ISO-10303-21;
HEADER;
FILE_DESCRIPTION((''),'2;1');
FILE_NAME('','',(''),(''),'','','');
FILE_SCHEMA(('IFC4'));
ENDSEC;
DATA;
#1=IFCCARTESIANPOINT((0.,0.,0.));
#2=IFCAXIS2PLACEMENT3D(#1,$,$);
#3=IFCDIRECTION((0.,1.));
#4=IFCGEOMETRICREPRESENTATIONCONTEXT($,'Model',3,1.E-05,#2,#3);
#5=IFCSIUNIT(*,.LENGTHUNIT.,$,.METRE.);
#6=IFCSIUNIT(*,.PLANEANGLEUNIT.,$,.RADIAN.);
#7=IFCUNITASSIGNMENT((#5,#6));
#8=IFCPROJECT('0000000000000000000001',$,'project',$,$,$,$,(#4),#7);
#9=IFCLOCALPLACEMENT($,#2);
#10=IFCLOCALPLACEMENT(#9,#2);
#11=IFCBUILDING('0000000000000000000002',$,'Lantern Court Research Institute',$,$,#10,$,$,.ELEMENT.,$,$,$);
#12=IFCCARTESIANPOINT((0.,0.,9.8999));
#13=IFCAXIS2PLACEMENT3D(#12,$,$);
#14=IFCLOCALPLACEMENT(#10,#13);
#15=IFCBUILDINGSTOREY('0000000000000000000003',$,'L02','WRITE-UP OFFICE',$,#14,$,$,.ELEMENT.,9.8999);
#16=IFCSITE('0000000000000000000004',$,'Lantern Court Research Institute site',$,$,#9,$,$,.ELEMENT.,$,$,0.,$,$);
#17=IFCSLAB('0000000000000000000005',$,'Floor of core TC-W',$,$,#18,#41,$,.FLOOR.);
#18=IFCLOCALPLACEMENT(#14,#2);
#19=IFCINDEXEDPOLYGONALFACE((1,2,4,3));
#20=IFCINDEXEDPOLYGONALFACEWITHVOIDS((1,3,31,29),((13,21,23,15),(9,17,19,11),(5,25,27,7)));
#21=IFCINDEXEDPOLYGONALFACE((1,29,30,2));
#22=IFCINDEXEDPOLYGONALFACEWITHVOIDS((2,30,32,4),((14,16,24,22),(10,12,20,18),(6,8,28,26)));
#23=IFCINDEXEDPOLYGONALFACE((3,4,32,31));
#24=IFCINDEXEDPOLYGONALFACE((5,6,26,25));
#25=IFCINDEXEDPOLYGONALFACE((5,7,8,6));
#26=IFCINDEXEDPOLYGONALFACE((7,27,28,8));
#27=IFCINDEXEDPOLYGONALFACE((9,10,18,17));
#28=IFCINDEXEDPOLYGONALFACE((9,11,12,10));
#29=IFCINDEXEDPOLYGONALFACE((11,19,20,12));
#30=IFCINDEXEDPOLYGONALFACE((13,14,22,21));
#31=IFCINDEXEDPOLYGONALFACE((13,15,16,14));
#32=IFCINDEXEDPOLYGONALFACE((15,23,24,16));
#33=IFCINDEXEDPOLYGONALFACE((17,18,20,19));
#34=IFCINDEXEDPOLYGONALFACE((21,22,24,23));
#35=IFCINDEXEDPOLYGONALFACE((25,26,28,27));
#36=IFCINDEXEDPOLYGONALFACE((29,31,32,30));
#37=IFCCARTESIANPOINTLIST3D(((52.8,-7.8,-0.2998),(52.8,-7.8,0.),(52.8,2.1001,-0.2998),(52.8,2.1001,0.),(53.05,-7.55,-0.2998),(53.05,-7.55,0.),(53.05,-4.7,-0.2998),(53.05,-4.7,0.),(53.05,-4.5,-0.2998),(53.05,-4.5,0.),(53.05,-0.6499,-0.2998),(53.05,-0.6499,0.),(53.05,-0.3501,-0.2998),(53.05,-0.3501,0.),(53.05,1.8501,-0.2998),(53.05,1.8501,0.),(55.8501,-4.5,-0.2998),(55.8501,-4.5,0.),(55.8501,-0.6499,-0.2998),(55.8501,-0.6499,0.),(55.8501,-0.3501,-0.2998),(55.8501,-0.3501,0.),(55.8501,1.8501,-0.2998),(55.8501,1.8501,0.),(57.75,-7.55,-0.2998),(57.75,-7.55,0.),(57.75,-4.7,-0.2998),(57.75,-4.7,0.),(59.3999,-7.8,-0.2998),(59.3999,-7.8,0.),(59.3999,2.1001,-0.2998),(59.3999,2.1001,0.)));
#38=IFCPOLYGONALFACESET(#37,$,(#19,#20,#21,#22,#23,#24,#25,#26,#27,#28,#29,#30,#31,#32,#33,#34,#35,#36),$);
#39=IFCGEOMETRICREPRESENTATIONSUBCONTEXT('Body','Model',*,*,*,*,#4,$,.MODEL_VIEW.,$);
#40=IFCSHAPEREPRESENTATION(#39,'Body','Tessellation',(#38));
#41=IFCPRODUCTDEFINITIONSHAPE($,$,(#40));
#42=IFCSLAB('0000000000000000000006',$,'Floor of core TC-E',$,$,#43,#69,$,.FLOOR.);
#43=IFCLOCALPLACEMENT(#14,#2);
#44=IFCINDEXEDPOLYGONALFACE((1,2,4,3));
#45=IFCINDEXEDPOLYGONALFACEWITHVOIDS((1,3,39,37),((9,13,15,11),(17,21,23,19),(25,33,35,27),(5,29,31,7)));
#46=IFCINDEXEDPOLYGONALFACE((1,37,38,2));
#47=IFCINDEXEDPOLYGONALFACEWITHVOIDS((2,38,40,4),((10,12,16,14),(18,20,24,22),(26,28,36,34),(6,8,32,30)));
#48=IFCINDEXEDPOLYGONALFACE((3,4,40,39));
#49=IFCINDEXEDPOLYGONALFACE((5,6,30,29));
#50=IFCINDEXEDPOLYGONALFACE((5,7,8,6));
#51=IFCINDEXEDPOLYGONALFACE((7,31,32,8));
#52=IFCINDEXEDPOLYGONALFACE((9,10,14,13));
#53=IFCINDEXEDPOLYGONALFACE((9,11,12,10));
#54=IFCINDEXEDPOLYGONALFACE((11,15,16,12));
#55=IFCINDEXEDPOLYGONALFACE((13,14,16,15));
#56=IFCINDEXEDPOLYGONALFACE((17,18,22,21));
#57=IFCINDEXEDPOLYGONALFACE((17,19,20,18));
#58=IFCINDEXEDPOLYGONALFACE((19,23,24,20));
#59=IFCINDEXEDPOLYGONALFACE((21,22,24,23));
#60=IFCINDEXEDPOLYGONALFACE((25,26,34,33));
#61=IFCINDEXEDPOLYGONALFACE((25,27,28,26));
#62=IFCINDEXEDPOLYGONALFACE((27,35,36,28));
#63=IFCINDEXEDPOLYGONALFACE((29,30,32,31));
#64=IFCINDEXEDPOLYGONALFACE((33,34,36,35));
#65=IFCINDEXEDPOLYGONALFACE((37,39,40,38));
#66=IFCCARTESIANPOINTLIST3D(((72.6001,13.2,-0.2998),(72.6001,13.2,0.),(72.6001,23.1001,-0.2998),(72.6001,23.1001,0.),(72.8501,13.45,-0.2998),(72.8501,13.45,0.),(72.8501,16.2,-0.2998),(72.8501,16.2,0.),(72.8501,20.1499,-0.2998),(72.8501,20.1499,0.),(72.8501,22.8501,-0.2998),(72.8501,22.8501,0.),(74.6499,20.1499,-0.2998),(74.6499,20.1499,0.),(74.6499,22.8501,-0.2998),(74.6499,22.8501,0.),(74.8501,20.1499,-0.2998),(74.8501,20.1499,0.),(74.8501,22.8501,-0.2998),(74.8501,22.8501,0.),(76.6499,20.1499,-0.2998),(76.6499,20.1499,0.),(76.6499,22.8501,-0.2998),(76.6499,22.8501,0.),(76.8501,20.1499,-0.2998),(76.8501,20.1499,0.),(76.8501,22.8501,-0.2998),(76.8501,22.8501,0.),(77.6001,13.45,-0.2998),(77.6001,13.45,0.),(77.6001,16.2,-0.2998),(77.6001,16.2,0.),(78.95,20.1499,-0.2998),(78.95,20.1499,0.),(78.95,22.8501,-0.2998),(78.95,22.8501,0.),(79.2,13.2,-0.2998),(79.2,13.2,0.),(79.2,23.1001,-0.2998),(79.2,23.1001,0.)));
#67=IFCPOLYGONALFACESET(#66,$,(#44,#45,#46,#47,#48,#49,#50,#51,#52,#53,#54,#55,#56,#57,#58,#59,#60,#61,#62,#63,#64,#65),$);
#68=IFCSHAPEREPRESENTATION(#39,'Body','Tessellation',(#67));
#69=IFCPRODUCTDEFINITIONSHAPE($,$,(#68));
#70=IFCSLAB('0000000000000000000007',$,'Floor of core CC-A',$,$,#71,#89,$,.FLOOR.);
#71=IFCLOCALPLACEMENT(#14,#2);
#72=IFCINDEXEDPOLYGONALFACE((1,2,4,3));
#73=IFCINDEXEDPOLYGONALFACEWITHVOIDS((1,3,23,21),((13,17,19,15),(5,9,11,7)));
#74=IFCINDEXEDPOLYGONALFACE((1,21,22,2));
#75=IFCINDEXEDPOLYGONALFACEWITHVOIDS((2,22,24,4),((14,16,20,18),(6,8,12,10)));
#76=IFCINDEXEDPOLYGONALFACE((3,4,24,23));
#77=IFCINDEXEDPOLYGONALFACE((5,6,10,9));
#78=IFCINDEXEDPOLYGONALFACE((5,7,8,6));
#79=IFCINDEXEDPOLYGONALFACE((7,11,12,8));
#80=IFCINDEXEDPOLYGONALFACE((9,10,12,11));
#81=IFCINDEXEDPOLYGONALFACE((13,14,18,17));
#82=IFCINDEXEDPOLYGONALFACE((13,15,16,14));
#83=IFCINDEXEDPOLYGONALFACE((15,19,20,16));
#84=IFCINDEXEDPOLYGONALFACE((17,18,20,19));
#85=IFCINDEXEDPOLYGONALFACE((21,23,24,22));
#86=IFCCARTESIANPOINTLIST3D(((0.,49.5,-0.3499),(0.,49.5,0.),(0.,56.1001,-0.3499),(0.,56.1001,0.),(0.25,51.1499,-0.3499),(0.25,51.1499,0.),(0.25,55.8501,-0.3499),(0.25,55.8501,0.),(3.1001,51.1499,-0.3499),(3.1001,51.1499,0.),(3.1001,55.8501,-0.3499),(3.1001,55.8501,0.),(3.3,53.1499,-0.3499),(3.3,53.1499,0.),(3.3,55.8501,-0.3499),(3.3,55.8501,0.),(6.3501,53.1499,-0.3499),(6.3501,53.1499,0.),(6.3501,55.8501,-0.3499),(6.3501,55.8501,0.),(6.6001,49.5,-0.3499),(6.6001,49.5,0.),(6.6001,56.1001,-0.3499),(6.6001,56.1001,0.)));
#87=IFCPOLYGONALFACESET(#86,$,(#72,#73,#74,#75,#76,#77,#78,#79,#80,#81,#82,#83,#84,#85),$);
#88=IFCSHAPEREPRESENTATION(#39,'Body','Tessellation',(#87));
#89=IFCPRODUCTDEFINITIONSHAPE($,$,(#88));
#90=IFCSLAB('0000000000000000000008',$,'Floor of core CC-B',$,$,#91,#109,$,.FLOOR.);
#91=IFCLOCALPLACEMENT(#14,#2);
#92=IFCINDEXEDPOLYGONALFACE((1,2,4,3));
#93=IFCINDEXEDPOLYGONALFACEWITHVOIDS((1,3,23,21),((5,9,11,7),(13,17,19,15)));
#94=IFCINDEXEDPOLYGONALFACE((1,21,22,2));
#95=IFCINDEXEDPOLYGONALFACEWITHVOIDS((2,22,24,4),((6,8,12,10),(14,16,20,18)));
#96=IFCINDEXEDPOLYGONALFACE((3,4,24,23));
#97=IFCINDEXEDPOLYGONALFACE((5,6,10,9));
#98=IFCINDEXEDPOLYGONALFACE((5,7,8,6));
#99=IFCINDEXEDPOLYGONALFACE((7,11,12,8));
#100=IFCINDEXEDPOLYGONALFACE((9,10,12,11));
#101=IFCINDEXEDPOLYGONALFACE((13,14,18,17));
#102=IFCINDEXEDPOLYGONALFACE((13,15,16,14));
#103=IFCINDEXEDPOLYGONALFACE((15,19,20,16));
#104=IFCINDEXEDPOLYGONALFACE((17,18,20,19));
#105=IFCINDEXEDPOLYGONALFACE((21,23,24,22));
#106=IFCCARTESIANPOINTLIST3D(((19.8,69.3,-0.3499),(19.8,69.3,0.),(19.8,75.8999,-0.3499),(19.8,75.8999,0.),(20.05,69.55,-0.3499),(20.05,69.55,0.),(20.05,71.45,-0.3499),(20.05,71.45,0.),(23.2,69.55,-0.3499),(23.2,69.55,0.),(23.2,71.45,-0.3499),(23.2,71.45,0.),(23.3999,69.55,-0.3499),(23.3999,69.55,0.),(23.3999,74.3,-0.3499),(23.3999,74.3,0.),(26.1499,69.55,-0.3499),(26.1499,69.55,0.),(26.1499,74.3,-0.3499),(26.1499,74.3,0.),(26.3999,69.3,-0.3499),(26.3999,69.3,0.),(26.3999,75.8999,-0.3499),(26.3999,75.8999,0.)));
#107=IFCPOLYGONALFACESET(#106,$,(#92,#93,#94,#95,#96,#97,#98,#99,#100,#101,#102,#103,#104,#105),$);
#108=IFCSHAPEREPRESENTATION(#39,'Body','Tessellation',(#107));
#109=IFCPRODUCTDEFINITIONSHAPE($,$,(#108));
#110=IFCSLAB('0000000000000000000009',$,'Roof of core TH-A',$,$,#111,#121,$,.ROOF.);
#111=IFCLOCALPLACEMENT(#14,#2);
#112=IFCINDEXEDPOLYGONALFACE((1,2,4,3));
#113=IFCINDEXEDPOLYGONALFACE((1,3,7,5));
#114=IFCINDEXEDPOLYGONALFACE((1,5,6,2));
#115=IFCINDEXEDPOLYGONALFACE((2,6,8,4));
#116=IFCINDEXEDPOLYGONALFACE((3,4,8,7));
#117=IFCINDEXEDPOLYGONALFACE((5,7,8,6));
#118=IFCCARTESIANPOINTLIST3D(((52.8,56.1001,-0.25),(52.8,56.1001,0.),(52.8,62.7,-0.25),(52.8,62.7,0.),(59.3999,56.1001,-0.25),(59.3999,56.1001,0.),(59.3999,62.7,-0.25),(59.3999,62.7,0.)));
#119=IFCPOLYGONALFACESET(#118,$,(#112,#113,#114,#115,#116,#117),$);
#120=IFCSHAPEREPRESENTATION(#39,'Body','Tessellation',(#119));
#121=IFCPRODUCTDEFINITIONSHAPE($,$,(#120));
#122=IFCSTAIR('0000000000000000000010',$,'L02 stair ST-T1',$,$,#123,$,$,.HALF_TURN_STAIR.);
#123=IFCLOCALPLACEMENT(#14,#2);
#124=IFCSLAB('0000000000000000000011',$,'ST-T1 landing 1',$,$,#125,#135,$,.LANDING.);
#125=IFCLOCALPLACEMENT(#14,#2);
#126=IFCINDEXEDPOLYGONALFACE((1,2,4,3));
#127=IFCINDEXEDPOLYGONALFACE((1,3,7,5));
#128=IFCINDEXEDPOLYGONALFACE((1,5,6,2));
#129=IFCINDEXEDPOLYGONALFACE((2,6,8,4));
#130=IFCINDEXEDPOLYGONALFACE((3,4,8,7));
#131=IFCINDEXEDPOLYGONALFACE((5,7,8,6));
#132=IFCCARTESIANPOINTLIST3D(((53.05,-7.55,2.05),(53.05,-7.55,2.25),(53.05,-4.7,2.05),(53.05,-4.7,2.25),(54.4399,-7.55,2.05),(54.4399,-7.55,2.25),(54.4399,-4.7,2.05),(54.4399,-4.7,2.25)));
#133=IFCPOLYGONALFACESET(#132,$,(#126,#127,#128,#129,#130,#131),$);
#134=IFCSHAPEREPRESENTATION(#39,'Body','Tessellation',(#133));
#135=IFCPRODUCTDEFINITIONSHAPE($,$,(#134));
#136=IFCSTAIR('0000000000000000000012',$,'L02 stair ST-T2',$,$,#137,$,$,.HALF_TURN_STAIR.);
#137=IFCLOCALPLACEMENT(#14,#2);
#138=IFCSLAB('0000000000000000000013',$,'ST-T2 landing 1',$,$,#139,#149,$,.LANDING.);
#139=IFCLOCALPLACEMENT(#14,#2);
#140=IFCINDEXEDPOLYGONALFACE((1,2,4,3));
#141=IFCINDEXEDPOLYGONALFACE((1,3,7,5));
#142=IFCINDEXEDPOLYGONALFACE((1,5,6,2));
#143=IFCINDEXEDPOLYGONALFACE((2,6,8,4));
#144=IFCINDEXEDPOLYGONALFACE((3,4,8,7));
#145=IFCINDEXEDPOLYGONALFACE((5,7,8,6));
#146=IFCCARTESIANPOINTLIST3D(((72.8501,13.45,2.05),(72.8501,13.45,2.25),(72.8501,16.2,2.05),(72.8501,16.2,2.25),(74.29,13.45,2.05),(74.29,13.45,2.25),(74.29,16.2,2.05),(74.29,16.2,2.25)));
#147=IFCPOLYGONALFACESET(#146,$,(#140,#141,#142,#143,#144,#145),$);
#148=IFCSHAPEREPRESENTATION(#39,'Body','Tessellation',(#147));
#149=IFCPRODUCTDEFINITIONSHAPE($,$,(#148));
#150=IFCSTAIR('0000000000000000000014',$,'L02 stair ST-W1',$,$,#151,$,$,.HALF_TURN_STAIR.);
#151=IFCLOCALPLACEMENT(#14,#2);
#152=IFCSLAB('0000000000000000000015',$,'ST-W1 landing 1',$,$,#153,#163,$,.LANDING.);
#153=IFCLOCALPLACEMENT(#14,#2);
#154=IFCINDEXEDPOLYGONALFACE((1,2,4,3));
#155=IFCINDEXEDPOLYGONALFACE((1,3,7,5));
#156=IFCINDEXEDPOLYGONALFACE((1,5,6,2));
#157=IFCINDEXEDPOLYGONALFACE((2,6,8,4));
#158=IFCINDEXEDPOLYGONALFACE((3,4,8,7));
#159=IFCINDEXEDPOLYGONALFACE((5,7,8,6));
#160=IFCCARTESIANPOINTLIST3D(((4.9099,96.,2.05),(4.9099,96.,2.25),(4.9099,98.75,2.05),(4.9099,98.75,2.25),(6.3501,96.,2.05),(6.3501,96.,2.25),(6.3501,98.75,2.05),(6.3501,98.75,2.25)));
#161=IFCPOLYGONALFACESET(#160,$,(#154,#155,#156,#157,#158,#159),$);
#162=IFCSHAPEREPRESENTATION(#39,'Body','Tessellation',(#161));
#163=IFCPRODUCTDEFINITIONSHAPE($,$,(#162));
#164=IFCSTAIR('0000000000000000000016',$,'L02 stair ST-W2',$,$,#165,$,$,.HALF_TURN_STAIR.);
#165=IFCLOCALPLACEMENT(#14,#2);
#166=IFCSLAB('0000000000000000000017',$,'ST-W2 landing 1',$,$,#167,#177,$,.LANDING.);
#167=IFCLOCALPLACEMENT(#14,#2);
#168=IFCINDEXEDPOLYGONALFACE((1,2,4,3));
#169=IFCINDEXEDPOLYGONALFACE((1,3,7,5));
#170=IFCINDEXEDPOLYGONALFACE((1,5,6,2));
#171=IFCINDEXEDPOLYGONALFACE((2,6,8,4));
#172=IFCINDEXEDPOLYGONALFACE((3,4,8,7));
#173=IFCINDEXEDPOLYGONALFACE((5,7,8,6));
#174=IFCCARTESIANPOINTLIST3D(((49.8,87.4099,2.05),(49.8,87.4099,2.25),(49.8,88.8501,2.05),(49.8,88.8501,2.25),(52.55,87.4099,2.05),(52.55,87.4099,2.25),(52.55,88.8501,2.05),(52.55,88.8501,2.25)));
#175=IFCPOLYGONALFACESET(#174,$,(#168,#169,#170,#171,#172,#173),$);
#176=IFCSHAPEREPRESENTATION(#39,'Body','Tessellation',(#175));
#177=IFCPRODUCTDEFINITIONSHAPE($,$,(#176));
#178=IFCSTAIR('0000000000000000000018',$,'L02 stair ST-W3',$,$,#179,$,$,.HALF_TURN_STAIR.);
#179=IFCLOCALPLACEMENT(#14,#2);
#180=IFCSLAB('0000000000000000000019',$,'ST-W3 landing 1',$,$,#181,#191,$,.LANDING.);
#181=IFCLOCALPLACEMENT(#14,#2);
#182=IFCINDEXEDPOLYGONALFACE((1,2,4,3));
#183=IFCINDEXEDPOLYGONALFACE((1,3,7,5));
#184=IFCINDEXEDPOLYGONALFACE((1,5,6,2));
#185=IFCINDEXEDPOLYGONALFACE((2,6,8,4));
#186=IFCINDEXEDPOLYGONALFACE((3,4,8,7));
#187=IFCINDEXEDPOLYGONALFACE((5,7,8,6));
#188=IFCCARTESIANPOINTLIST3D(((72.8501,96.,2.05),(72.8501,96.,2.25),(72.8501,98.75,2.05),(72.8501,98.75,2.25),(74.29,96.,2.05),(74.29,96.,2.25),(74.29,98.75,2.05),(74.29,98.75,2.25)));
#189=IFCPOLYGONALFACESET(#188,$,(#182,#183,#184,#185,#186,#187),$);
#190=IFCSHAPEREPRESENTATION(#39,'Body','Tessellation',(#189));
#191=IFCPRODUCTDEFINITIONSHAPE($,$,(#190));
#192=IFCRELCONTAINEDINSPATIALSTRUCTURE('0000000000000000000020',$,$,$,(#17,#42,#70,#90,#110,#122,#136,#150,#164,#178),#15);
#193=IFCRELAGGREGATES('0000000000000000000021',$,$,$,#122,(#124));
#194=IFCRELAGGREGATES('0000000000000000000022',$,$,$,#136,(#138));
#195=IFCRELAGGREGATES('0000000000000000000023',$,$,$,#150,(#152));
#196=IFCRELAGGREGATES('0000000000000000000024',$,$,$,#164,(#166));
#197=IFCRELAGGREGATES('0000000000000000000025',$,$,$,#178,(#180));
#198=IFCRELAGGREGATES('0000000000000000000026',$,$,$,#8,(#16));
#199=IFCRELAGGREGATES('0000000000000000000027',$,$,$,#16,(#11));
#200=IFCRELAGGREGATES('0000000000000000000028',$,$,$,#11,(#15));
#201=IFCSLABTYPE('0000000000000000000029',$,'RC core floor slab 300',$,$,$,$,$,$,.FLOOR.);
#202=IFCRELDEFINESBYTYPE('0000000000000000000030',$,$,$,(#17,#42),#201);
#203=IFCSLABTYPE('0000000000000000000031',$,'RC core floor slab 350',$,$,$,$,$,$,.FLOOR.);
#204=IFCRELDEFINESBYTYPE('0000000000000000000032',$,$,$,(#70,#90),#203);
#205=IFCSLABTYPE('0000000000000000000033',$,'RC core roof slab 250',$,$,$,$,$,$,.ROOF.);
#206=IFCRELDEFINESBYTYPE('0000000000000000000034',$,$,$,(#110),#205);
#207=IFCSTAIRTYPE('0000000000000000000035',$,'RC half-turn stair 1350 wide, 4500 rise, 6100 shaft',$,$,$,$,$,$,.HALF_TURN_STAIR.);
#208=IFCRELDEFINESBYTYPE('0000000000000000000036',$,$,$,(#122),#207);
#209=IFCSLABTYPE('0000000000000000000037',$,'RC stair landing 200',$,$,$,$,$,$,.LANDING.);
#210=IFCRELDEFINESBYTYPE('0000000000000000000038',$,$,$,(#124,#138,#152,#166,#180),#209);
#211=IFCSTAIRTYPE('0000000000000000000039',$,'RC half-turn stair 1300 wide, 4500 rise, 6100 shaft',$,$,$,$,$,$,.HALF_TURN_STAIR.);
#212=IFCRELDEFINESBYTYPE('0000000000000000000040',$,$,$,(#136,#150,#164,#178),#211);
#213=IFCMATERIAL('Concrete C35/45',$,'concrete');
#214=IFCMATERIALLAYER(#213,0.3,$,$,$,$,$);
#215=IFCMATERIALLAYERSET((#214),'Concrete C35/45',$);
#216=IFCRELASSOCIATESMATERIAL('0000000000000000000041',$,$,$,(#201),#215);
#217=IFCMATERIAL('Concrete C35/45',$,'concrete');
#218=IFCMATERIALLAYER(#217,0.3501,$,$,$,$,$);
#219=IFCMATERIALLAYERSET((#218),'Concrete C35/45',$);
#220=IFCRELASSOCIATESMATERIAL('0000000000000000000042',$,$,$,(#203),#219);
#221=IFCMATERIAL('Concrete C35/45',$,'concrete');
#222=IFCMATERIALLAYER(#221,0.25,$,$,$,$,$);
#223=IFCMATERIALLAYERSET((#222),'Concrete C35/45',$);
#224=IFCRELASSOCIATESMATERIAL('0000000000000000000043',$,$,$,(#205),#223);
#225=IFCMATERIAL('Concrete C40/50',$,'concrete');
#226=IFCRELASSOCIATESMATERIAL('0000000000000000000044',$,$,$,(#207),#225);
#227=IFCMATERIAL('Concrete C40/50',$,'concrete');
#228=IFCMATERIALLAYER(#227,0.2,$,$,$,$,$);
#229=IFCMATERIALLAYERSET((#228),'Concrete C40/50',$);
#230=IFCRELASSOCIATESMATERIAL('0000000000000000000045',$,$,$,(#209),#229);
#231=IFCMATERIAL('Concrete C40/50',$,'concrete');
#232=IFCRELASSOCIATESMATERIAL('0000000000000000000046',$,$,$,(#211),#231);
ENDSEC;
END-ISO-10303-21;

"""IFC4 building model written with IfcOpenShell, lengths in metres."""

from ifc_helpers import new_model, si_unit, direction, frame, origin, place, context, subcontext, project, spatial, polyline, outline, extrude, material, layer, layer_set, type_object, element, aggregate, save


model = new_model("IFC4")

# Units and contexts
model_context = context("Model", 3, precision=1e-05, world=origin(), true_north=direction((0.0, 1.0)))
body_context = subcontext(model_context, "Body", "Model", "MODEL_VIEW")
ifc_project = project(units=[si_unit("LENGTHUNIT", "METRE"), si_unit("PLANEANGLEUNIT", "RADIAN")], contexts=[model_context])

# Site, building, storey
site_placement = place(None, origin())
site = spatial("IfcSite", under=ifc_project, at=site_placement, Name="Lantern Court Research Institute site", CompositionType="ELEMENT", RefElevation=0.0)
building_placement = place(site_placement, origin())
building = spatial("IfcBuilding", under=site, at=building_placement, Name="Lantern Court Research Institute", CompositionType="ELEMENT")
storey_placement = place(building_placement, frame((0.0, 0.0, 9.8999)))
storey = spatial("IfcBuildingStorey", under=building, at=storey_placement, Name="L02", Description="WRITE-UP OFFICE", CompositionType="ELEMENT", Elevation=9.8999)

# Slabs
ifc_material_1 = material(Name="Concrete C35/45", Category="concrete")
ifc_layer_1 = layer(ifc_material_1, 0.3)
ifc_layer_set_1 = layer_set([ifc_layer_1], Name="Concrete C35/45")
slab_type_1 = type_object("IfcSlabType", Name="RC core floor slab 300", PredefinedType="FLOOR", material=ifc_layer_set_1)
slab_1_placement = place(storey_placement, frame((0.0, 0.0, -0.2998)))
element("IfcSlab", 1, at=slab_1_placement, inside=storey, type_object=slab_type_1, Name="Floor of core TC-W", PredefinedType="FLOOR", context=body_context, shape_type="SweptSolid", body=[
    extrude(outline(polyline([(52.8, -7.8), (59.3999, -7.8), (59.3999, 2.1001), (52.8, 2.1001), (52.8, -7.8)]), holes=[polyline([(57.75, -4.7), (53.05, -4.7), (53.05, -7.55), (57.75, -7.55), (57.75, -4.7)]), polyline([(53.05, -0.3501), (55.8501, -0.3501), (55.8501, 1.8501), (53.05, 1.8501), (53.05, -0.3501)]), polyline([(53.05, -0.6499), (55.8501, -0.6499), (55.8501, -4.5), (53.05, -4.5), (53.05, -0.6499)])]), origin(), (0.0, 0.0, 1.0), 0.2998),
])
slab_2_placement = place(storey_placement, frame((0.0, 0.0, -0.2998)))
element("IfcSlab", 2, at=slab_2_placement, inside=storey, type_object=slab_type_1, Name="Floor of core TC-E", PredefinedType="FLOOR", context=body_context, shape_type="SweptSolid", body=[
    extrude(outline(polyline([(72.6001, 13.2), (79.2, 13.2), (79.2, 23.1001), (72.6001, 23.1001), (72.6001, 13.2)]), holes=[polyline([(77.6001, 16.2), (72.8501, 16.2), (72.8501, 13.45), (77.6001, 13.45), (77.6001, 16.2)]), polyline([(72.8501, 20.1499), (74.6499, 20.1499), (74.6499, 22.8501), (72.8501, 22.8501), (72.8501, 20.1499)]), polyline([(74.8501, 20.1499), (76.6499, 20.1499), (76.6499, 22.8501), (74.8501, 22.8501), (74.8501, 20.1499)]), polyline([(76.8501, 20.1499), (78.95, 20.1499), (78.95, 22.8501), (76.8501, 22.8501), (76.8501, 20.1499)])]), origin(), (0.0, 0.0, 1.0), 0.2998),
])
ifc_material_2 = material(Name="Concrete C35/45", Category="concrete")
ifc_layer_2 = layer(ifc_material_2, 0.3501)
ifc_layer_set_2 = layer_set([ifc_layer_2], Name="Concrete C35/45")
slab_type_2 = type_object("IfcSlabType", Name="RC core floor slab 350", PredefinedType="FLOOR", material=ifc_layer_set_2)
slab_3_placement = place(storey_placement, frame((0.0, 0.0, -0.3499)))
element("IfcSlab", 3, at=slab_3_placement, inside=storey, type_object=slab_type_2, Name="Floor of core CC-A", PredefinedType="FLOOR", context=body_context, shape_type="SweptSolid", body=[
    extrude(outline(polyline([(0.0, 49.5), (6.6001, 49.5), (6.6001, 56.1001), (0.0, 56.1001), (0.0, 49.5)]), holes=[polyline([(3.1001, 51.1499), (3.1001, 55.8501), (0.25, 55.8501), (0.25, 51.1499), (3.1001, 51.1499)]), polyline([(3.3, 53.1499), (6.3501, 53.1499), (6.3501, 55.8501), (3.3, 55.8501), (3.3, 53.1499)])]), origin(), (0.0, 0.0, 1.0), 0.3499),
])
slab_4_placement = place(storey_placement, frame((0.0, 0.0, -0.3499)))
element("IfcSlab", 4, at=slab_4_placement, inside=storey, type_object=slab_type_2, Name="Floor of core CC-B", PredefinedType="FLOOR", context=body_context, shape_type="SweptSolid", body=[
    extrude(outline(polyline([(19.8, 69.3), (26.3999, 69.3), (26.3999, 75.8999), (19.8, 75.8999), (19.8, 69.3)]), holes=[polyline([(23.3999, 74.3), (23.3999, 69.55), (26.1499, 69.55), (26.1499, 74.3), (23.3999, 74.3)]), polyline([(20.05, 71.45), (23.2, 71.45), (23.2, 69.55), (20.05, 69.55), (20.05, 71.45)])]), origin(), (0.0, 0.0, 1.0), 0.3499),
])
ifc_material_3 = material(Name="Concrete C35/45", Category="concrete")
ifc_layer_3 = layer(ifc_material_3, 0.25)
ifc_layer_set_3 = layer_set([ifc_layer_3], Name="Concrete C35/45")
slab_type_3 = type_object("IfcSlabType", Name="RC core roof slab 250", PredefinedType="ROOF", material=ifc_layer_set_3)
slab_5_placement = place(storey_placement, frame((0.0, 0.0, -0.25)))
element("IfcSlab", 5, at=slab_5_placement, inside=storey, type_object=slab_type_3, Name="Roof of core TH-A", PredefinedType="ROOF", context=body_context, shape_type="SweptSolid", body=[
    extrude(outline(polyline([(52.8, 56.1001), (59.3999, 56.1001), (59.3999, 62.7), (52.8, 62.7), (52.8, 56.1001)])), origin(), (0.0, 0.0, 1.0), 0.25),
])

# Stairs, slabs
ifc_material_4 = material(Name="Concrete C40/50", Category="concrete")
stair_type_1 = type_object("IfcStairType", Name="RC half-turn stair 1350 wide, 4500 rise, 6100 shaft", PredefinedType="HALF_TURN_STAIR", material=ifc_material_4)
stair_1_placement = place(storey_placement, origin())
stair_1 = element("IfcStair", 6, at=stair_1_placement, inside=storey, type_object=stair_type_1, Name="L02 stair ST-T1", PredefinedType="HALF_TURN_STAIR")
ifc_material_5 = material(Name="Concrete C40/50", Category="concrete")
ifc_layer_4 = layer(ifc_material_5, 0.2)
ifc_layer_set_4 = layer_set([ifc_layer_4], Name="Concrete C40/50")
slab_type_4 = type_object("IfcSlabType", Name="RC stair landing 200", PredefinedType="LANDING", material=ifc_layer_set_4)
slab_6_placement = place(storey_placement, frame((0.0, 0.0, 2.05)))
slab_6 = element("IfcSlab", 7, at=slab_6_placement, type_object=slab_type_4, Name="ST-T1 landing 1", PredefinedType="LANDING", context=body_context, shape_type="SweptSolid", body=[
    extrude(outline(polyline([(54.4399, -4.7), (53.05, -4.7), (53.05, -7.55), (54.4399, -7.55), (54.4399, -4.7)])), origin(), (0.0, 0.0, 1.0), 0.2),
])
aggregate(stair_1, [slab_6])
ifc_material_6 = material(Name="Concrete C40/50", Category="concrete")
stair_type_2 = type_object("IfcStairType", Name="RC half-turn stair 1300 wide, 4500 rise, 6100 shaft", PredefinedType="HALF_TURN_STAIR", material=ifc_material_6)
stair_2_placement = place(storey_placement, origin())
stair_2 = element("IfcStair", 8, at=stair_2_placement, inside=storey, type_object=stair_type_2, Name="L02 stair ST-T2", PredefinedType="HALF_TURN_STAIR")
slab_7_placement = place(storey_placement, frame((0.0, 0.0, 2.05)))
slab_7 = element("IfcSlab", 9, at=slab_7_placement, type_object=slab_type_4, Name="ST-T2 landing 1", PredefinedType="LANDING", context=body_context, shape_type="SweptSolid", body=[
    extrude(outline(polyline([(74.29, 16.2), (72.8501, 16.2), (72.8501, 13.45), (74.29, 13.45), (74.29, 16.2)])), origin(), (0.0, 0.0, 1.0), 0.2),
])
aggregate(stair_2, [slab_7])
stair_3_placement = place(storey_placement, origin())
stair_3 = element("IfcStair", 10, at=stair_3_placement, inside=storey, type_object=stair_type_2, Name="L02 stair ST-W1", PredefinedType="HALF_TURN_STAIR")
slab_8_placement = place(storey_placement, frame((0.0, 0.0, 2.05)))
slab_8 = element("IfcSlab", 11, at=slab_8_placement, type_object=slab_type_4, Name="ST-W1 landing 1", PredefinedType="LANDING", context=body_context, shape_type="SweptSolid", body=[
    extrude(outline(polyline([(4.9099, 96.0), (6.3501, 96.0), (6.3501, 98.75), (4.9099, 98.75), (4.9099, 96.0)])), origin(), (0.0, 0.0, 1.0), 0.2),
])
aggregate(stair_3, [slab_8])
stair_4_placement = place(storey_placement, origin())
stair_4 = element("IfcStair", 12, at=stair_4_placement, inside=storey, type_object=stair_type_2, Name="L02 stair ST-W2", PredefinedType="HALF_TURN_STAIR")
slab_9_placement = place(storey_placement, frame((0.0, 0.0, 2.05)))
slab_9 = element("IfcSlab", 13, at=slab_9_placement, type_object=slab_type_4, Name="ST-W2 landing 1", PredefinedType="LANDING", context=body_context, shape_type="SweptSolid", body=[
    extrude(outline(polyline([(52.55, 87.4099), (52.55, 88.8501), (49.8, 88.8501), (49.8, 87.4099), (52.55, 87.4099)])), origin(), (0.0, 0.0, 1.0), 0.2),
])
aggregate(stair_4, [slab_9])
stair_5_placement = place(storey_placement, origin())
stair_5 = element("IfcStair", 14, at=stair_5_placement, inside=storey, type_object=stair_type_2, Name="L02 stair ST-W3", PredefinedType="HALF_TURN_STAIR")
slab_10_placement = place(storey_placement, frame((0.0, 0.0, 2.05)))
slab_10 = element("IfcSlab", 15, at=slab_10_placement, type_object=slab_type_4, Name="ST-W3 landing 1", PredefinedType="LANDING", context=body_context, shape_type="SweptSolid", body=[
    extrude(outline(polyline([(74.29, 98.75), (72.8501, 98.75), (72.8501, 96.0), (74.29, 96.0), (74.29, 98.75)])), origin(), (0.0, 0.0, 1.0), 0.2),
])
aggregate(stair_5, [slab_10])

save(model, "model.ifc")
